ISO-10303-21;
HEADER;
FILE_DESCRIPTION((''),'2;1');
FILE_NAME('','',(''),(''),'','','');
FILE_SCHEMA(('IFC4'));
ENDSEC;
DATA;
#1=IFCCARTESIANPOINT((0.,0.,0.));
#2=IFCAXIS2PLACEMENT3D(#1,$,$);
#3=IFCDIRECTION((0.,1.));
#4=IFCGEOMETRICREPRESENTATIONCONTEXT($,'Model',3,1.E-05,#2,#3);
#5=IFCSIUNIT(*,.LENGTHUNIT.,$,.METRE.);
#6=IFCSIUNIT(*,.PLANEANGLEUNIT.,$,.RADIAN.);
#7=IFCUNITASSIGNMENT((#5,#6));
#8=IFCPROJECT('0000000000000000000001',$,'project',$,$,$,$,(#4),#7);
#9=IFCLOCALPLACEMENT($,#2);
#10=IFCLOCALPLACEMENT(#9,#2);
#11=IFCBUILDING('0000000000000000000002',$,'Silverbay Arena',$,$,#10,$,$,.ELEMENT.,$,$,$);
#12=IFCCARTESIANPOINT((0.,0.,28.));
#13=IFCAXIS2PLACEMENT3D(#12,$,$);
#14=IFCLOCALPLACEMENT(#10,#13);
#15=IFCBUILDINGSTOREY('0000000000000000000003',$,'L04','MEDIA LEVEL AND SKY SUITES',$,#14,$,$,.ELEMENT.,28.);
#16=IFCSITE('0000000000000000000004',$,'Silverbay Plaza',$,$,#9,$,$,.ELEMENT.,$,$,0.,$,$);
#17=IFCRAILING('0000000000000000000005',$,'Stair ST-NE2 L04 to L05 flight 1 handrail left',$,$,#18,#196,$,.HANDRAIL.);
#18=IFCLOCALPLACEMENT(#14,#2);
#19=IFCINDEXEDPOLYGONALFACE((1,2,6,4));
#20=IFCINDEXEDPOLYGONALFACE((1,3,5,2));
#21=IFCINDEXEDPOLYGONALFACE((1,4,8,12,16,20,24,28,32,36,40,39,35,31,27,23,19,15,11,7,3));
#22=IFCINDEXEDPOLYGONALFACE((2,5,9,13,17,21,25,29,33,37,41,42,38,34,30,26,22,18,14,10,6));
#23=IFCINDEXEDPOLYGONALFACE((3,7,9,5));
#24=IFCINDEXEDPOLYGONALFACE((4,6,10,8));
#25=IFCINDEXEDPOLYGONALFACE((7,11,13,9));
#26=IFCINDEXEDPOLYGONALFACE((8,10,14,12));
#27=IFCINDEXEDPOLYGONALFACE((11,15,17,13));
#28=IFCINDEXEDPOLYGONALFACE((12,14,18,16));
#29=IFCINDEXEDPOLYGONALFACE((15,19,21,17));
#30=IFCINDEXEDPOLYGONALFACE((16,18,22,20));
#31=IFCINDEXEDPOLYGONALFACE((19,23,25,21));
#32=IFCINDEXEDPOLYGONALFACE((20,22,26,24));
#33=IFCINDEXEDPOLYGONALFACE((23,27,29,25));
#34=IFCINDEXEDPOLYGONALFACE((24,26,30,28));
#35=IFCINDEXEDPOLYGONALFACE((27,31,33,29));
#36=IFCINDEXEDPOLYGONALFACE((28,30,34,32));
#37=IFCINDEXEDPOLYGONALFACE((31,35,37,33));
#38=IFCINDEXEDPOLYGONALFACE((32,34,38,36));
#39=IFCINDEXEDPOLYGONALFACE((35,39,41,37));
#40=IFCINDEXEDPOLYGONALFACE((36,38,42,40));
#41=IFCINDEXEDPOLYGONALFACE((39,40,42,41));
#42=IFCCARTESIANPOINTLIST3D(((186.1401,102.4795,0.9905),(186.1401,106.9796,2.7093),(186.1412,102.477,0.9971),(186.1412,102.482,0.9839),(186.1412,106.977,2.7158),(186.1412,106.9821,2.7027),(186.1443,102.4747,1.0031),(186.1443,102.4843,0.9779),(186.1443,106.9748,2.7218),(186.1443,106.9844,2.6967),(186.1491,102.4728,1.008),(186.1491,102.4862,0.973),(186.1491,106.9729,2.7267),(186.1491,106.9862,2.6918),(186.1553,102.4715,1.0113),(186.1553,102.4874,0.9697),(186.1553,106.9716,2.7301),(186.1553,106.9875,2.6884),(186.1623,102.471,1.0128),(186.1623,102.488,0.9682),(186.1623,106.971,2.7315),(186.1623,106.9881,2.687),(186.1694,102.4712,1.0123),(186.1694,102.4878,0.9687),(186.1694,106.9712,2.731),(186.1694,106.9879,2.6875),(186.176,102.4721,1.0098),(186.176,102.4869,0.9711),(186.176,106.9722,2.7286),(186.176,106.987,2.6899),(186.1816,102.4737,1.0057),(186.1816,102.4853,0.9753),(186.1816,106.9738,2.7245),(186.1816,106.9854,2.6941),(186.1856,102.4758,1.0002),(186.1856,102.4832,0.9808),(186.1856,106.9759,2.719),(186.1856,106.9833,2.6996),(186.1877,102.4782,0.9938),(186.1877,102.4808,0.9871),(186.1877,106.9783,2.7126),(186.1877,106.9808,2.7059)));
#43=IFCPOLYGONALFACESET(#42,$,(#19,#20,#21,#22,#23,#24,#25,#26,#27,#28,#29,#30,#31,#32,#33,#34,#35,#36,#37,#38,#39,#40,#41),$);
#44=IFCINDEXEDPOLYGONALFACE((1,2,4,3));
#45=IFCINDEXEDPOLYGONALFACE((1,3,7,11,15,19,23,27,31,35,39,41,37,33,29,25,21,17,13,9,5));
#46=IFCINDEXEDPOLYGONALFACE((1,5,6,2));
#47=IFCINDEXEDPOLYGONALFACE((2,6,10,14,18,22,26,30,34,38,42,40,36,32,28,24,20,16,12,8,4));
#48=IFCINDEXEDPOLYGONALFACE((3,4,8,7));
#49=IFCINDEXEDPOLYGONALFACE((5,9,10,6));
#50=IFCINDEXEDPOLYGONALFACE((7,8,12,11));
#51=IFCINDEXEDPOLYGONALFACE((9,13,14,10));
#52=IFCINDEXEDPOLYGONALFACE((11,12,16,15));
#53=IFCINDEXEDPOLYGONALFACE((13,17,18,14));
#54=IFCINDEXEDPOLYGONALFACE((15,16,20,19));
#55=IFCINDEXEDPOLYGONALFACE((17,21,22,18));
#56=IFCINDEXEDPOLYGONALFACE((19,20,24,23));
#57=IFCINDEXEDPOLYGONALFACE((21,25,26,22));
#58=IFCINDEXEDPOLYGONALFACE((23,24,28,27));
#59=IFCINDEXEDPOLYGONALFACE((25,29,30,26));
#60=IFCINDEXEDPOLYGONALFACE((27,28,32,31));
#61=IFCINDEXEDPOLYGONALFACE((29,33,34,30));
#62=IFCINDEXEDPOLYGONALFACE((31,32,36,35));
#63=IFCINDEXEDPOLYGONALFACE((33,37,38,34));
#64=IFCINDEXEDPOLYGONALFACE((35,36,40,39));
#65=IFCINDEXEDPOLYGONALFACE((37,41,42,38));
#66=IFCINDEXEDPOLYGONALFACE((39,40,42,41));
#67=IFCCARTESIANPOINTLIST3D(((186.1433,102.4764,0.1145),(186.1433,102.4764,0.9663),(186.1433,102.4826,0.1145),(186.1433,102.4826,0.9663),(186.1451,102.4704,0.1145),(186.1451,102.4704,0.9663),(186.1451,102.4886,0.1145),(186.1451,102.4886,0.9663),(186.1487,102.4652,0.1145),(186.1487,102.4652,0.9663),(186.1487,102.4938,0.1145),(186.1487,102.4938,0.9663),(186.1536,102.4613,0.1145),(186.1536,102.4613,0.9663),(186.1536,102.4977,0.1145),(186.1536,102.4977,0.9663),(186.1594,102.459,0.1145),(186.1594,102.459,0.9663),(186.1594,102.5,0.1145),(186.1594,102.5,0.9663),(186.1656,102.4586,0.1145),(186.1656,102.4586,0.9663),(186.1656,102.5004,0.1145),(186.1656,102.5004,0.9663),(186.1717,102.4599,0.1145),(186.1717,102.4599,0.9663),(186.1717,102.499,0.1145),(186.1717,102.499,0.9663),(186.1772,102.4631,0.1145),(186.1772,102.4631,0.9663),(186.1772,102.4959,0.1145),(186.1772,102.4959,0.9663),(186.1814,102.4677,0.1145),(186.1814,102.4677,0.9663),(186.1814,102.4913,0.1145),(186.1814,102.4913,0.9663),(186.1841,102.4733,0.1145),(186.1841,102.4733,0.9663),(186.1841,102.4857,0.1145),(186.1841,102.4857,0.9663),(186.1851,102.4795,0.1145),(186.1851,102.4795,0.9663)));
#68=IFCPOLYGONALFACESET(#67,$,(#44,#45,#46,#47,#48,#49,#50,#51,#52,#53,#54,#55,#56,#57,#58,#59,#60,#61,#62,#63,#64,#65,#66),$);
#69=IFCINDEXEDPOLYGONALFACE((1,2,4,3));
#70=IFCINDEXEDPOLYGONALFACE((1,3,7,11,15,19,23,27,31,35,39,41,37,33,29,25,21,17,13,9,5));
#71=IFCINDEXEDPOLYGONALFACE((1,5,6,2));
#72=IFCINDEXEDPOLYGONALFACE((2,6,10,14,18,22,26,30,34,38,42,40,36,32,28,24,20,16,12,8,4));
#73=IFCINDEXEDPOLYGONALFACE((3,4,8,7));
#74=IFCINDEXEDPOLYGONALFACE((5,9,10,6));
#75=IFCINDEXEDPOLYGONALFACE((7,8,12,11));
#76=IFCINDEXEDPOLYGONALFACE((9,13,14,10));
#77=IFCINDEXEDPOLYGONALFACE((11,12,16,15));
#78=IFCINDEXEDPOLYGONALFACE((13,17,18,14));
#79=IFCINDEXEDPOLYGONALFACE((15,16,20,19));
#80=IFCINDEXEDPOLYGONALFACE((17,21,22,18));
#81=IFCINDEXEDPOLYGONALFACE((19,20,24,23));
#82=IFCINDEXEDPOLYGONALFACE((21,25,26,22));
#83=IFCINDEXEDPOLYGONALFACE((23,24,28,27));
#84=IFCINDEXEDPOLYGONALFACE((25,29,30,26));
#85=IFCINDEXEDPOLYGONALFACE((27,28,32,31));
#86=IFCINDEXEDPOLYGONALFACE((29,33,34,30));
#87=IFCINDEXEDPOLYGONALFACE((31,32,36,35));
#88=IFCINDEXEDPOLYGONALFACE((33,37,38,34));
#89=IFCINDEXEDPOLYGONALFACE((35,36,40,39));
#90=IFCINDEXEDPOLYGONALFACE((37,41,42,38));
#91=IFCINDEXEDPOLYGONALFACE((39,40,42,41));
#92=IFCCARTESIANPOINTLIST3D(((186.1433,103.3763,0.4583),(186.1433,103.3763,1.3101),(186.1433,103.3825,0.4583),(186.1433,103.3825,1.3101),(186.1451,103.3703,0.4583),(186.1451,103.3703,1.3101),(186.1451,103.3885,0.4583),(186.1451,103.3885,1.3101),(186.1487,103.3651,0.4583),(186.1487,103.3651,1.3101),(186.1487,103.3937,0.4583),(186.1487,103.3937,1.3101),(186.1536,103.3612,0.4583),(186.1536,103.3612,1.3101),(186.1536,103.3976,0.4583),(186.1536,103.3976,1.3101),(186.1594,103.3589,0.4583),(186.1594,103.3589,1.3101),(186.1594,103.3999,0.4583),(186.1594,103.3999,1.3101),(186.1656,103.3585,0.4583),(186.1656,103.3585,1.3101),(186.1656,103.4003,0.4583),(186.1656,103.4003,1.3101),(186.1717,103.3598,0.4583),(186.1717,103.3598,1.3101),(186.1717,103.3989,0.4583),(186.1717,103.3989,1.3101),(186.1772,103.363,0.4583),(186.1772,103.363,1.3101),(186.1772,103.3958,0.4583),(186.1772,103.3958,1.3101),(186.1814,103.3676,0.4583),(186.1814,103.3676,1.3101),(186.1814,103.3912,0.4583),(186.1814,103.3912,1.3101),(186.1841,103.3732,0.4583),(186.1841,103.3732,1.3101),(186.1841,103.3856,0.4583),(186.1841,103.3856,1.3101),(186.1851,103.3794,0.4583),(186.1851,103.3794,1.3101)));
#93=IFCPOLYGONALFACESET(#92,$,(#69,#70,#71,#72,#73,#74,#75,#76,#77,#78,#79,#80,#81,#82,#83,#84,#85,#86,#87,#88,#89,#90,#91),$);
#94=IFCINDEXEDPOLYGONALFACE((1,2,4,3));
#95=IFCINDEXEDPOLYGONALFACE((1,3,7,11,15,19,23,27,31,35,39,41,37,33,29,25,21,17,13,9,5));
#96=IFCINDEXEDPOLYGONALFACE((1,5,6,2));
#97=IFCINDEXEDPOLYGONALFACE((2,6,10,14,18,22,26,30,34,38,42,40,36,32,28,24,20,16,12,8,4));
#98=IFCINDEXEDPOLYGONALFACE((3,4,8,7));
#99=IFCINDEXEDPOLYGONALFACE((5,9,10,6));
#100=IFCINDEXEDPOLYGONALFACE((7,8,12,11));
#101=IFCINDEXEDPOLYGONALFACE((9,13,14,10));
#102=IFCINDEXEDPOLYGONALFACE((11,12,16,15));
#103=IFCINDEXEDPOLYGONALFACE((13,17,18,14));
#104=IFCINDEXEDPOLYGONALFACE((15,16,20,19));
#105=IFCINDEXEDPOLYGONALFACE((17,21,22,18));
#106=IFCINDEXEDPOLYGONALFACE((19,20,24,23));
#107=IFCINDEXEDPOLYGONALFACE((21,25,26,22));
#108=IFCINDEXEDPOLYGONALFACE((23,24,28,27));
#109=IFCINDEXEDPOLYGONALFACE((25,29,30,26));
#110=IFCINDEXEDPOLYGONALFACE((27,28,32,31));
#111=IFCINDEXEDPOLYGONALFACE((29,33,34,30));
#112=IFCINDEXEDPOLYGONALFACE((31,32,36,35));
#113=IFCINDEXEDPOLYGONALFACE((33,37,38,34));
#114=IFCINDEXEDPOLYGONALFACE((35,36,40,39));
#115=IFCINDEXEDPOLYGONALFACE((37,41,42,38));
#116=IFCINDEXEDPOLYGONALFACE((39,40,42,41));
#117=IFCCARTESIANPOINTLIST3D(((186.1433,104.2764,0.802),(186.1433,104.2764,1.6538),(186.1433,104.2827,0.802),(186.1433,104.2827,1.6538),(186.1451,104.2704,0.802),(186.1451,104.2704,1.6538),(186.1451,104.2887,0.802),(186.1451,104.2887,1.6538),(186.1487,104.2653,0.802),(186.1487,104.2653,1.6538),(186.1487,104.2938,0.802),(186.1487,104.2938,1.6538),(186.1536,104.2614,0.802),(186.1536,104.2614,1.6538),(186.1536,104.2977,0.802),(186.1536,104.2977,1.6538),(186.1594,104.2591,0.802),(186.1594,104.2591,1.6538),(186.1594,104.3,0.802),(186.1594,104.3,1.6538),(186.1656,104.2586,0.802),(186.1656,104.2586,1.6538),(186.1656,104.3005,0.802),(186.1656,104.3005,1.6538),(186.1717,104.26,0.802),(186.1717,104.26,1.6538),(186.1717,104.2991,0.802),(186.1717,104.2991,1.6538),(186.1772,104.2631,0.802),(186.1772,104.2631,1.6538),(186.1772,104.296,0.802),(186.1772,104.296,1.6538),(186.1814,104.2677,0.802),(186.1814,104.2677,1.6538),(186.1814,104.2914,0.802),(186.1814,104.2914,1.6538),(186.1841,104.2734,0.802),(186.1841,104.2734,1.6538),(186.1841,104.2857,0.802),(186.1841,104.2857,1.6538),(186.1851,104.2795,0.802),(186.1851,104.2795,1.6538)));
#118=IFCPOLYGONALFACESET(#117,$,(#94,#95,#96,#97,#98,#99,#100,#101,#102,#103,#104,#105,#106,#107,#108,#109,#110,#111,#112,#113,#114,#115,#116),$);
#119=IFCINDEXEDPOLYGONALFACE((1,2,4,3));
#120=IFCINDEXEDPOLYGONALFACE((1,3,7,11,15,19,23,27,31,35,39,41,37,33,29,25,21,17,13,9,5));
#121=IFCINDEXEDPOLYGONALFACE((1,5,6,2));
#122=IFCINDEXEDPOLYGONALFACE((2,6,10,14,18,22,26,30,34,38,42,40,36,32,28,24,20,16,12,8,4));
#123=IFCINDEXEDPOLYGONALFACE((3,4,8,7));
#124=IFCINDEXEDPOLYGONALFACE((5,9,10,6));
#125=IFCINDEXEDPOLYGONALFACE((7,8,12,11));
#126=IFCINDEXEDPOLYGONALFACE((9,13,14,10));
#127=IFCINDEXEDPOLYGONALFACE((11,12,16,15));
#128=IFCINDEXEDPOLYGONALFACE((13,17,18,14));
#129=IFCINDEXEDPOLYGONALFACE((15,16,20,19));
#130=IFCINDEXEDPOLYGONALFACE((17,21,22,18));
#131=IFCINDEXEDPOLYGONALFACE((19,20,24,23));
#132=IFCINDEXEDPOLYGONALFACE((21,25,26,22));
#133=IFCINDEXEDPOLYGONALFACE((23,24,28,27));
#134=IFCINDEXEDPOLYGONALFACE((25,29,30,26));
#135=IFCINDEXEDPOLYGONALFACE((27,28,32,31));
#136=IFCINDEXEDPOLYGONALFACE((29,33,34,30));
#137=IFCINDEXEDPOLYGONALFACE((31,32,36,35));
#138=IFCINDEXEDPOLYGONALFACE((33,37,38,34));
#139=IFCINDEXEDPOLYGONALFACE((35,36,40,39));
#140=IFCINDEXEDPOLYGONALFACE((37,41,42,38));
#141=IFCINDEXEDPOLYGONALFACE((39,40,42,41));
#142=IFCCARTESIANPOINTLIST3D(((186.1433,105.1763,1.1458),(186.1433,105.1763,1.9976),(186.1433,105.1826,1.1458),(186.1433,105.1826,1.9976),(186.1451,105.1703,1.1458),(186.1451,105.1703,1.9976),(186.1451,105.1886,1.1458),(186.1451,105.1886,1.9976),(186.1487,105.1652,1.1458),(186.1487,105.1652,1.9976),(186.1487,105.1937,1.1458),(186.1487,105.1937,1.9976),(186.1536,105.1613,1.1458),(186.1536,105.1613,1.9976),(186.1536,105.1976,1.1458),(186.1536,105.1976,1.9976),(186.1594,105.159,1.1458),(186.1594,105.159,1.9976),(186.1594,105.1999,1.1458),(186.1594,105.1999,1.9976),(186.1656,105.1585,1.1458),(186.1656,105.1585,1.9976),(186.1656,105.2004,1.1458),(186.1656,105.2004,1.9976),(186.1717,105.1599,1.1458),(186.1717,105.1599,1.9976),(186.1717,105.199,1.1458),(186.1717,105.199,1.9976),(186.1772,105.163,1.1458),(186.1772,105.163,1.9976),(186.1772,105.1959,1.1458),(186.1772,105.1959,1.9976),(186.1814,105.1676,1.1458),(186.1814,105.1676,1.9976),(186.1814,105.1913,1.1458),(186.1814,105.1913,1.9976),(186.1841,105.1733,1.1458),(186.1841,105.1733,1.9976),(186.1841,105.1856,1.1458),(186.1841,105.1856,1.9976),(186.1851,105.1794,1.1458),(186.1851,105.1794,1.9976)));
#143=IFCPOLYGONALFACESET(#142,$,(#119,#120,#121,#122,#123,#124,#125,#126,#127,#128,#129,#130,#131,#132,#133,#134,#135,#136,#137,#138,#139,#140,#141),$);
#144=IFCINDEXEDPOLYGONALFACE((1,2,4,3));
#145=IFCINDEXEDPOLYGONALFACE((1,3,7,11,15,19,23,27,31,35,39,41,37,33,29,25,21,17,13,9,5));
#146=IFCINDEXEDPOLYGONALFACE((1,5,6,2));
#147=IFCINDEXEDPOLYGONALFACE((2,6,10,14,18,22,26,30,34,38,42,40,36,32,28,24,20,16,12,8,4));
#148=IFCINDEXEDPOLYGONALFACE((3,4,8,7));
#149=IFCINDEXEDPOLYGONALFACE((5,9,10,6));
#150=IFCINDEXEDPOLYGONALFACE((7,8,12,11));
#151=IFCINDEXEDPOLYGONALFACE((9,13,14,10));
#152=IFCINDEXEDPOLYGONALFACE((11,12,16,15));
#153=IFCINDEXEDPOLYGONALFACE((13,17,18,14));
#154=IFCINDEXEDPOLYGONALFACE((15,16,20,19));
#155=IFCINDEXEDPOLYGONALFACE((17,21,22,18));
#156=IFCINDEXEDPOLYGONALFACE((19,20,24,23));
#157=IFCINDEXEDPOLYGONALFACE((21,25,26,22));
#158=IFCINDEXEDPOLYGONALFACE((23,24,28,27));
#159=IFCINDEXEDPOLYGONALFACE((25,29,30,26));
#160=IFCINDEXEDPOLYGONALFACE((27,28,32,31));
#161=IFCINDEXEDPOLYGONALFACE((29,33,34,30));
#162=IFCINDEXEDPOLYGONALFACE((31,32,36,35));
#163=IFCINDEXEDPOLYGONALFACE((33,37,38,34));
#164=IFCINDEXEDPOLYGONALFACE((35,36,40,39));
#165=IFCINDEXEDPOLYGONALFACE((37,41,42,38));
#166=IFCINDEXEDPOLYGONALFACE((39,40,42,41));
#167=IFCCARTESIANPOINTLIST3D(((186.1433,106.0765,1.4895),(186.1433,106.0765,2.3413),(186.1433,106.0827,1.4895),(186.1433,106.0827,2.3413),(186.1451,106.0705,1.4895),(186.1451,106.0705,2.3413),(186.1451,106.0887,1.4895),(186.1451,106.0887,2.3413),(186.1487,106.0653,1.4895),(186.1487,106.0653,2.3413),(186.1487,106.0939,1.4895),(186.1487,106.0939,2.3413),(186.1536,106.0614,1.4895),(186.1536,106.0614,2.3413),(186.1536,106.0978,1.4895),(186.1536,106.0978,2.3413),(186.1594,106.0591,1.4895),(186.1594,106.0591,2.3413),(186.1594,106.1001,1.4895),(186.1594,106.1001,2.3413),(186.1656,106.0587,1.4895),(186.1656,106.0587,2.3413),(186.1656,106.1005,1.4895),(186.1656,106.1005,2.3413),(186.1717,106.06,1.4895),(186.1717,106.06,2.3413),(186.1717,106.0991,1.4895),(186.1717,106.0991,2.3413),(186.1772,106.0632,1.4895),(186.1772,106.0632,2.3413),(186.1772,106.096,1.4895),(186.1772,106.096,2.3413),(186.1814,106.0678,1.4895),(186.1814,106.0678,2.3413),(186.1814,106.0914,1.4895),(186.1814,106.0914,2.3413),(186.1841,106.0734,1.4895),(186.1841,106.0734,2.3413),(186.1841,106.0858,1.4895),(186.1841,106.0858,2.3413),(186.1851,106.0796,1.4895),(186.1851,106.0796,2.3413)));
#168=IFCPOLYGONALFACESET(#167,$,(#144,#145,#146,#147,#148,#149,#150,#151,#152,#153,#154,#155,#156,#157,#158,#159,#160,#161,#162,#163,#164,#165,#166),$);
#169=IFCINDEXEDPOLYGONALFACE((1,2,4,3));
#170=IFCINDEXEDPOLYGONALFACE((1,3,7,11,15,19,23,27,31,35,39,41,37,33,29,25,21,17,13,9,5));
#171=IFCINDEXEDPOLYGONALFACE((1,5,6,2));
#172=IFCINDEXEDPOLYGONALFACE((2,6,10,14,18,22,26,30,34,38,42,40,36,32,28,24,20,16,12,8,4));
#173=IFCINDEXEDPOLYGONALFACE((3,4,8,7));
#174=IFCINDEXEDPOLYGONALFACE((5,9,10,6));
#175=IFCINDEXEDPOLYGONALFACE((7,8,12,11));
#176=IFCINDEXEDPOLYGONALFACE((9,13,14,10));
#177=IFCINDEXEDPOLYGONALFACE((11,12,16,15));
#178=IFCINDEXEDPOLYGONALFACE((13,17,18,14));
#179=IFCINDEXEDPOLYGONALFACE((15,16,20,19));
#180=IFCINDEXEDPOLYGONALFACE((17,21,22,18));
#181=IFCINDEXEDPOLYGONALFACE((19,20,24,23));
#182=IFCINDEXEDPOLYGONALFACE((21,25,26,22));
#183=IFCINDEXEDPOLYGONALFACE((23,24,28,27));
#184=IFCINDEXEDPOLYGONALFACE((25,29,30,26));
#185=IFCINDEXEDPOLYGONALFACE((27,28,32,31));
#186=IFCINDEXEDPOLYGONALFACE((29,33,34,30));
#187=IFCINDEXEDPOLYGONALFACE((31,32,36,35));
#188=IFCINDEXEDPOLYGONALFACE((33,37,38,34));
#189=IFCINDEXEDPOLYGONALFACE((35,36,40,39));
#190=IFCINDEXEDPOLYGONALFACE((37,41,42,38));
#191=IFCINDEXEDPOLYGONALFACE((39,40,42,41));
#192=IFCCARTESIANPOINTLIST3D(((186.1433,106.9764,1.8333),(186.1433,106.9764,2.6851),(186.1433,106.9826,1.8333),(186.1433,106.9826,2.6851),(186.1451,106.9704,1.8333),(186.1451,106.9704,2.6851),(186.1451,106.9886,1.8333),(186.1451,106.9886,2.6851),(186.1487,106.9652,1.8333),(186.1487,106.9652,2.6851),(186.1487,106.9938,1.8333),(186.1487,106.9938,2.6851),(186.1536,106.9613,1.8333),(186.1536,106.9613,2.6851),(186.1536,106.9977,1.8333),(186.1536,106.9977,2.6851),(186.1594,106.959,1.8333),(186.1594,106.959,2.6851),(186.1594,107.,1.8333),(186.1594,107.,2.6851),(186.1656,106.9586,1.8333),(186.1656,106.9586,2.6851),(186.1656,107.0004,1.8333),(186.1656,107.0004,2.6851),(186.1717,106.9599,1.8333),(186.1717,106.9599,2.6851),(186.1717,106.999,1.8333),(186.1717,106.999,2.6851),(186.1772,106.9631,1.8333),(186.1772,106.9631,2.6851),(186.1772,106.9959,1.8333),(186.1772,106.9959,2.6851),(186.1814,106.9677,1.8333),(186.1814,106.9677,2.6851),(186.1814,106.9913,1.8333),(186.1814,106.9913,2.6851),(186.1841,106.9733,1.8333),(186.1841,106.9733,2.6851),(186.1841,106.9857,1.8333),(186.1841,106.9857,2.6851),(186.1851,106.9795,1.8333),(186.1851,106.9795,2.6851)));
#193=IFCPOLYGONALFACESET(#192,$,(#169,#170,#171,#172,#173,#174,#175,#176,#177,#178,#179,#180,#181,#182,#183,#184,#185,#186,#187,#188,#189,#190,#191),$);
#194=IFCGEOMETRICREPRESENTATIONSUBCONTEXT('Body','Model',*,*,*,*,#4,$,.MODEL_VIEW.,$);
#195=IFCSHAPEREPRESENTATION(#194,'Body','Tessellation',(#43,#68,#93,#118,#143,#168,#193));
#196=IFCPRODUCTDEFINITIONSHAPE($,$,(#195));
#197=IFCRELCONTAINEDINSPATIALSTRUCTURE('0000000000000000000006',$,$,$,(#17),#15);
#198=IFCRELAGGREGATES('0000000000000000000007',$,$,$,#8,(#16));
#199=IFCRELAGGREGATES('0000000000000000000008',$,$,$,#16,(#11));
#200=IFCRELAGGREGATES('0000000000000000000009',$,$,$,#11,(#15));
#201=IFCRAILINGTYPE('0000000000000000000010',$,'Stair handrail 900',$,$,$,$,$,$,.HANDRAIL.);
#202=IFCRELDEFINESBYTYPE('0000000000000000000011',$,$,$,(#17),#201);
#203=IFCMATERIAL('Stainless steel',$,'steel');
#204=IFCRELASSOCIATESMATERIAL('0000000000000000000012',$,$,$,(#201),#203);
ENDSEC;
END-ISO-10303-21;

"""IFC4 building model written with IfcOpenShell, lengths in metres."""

from ifc_helpers import new_model, si_unit, direction, frame, origin, origin_2d, place, context, subcontext, project, spatial, circle, extrude, material, type_object, element, save


model = new_model("IFC4")

# Units and contexts
model_context = context("Model", 3, precision=1e-05, world=origin(), true_north=direction((0.0, 1.0)))
body_context = subcontext(model_context, "Body", "Model", "MODEL_VIEW")
ifc_project = project(units=[si_unit("LENGTHUNIT", "METRE"), si_unit("PLANEANGLEUNIT", "RADIAN")], contexts=[model_context])

# Site, building, storey
site_placement = place(None, origin())
site = spatial("IfcSite", under=ifc_project, at=site_placement, Name="Silverbay Plaza", CompositionType="ELEMENT", RefElevation=0.0)
building_placement = place(site_placement, origin())
building = spatial("IfcBuilding", under=site, at=building_placement, Name="Silverbay Arena", CompositionType="ELEMENT")
storey_placement = place(building_placement, frame((0.0, 0.0, 28.0)))
storey = spatial("IfcBuildingStorey", under=building, at=storey_placement, Name="L04", Description="MEDIA LEVEL AND SKY SUITES", CompositionType="ELEMENT", Elevation=28.0)

# Railing
ifc_material_1 = material(Name="Stainless steel", Category="steel")
railing_type_1 = type_object("IfcRailingType", Name="Stair handrail 900", PredefinedType="HANDRAIL", material=ifc_material_1)
railing_1_placement = place(storey_placement, frame((186.1641, 102.4795, 0.1145)))
element("IfcRailing", 1, at=railing_1_placement, inside=storey, type_object=railing_type_1, Name="Stair ST-NE2 L04 to L05 flight 1 handrail left", PredefinedType="HANDRAIL", context=body_context, shape_type="SweptSolid", body=[
    extrude(circle(Radius=0.0239, at=origin_2d()), frame((0.0, 0.0, 0.876), z_axis=(0.0, 0.934179, 0.356805), x_axis=(-1.0, 0.0, 0.0)), (0.0, 0.0, 1.0), 4.8171),
    extrude(circle(Radius=0.021, at=origin_2d()), origin(), (0.0, 0.0, 1.0), 0.8518),
    extrude(circle(Radius=0.021, at=origin_2d()), frame((0.0, 0.8999, 0.3438)), (0.0, 0.0, 1.0), 0.8518),
    extrude(circle(Radius=0.021, at=origin_2d()), frame((0.0, 1.8, 0.6875)), (0.0, 0.0, 1.0), 0.8518),
    extrude(circle(Radius=0.021, at=origin_2d()), frame((0.0, 2.7, 1.0312)), (0.0, 0.0, 1.0), 0.8518),
    extrude(circle(Radius=0.021, at=origin_2d()), frame((0.0, 3.6001, 1.375)), (0.0, 0.0, 1.0), 0.8518),
    extrude(circle(Radius=0.021, at=origin_2d()), frame((0.0, 4.5, 1.7188)), (0.0, 0.0, 1.0), 0.8518),
])

save(model, "model.ifc")
